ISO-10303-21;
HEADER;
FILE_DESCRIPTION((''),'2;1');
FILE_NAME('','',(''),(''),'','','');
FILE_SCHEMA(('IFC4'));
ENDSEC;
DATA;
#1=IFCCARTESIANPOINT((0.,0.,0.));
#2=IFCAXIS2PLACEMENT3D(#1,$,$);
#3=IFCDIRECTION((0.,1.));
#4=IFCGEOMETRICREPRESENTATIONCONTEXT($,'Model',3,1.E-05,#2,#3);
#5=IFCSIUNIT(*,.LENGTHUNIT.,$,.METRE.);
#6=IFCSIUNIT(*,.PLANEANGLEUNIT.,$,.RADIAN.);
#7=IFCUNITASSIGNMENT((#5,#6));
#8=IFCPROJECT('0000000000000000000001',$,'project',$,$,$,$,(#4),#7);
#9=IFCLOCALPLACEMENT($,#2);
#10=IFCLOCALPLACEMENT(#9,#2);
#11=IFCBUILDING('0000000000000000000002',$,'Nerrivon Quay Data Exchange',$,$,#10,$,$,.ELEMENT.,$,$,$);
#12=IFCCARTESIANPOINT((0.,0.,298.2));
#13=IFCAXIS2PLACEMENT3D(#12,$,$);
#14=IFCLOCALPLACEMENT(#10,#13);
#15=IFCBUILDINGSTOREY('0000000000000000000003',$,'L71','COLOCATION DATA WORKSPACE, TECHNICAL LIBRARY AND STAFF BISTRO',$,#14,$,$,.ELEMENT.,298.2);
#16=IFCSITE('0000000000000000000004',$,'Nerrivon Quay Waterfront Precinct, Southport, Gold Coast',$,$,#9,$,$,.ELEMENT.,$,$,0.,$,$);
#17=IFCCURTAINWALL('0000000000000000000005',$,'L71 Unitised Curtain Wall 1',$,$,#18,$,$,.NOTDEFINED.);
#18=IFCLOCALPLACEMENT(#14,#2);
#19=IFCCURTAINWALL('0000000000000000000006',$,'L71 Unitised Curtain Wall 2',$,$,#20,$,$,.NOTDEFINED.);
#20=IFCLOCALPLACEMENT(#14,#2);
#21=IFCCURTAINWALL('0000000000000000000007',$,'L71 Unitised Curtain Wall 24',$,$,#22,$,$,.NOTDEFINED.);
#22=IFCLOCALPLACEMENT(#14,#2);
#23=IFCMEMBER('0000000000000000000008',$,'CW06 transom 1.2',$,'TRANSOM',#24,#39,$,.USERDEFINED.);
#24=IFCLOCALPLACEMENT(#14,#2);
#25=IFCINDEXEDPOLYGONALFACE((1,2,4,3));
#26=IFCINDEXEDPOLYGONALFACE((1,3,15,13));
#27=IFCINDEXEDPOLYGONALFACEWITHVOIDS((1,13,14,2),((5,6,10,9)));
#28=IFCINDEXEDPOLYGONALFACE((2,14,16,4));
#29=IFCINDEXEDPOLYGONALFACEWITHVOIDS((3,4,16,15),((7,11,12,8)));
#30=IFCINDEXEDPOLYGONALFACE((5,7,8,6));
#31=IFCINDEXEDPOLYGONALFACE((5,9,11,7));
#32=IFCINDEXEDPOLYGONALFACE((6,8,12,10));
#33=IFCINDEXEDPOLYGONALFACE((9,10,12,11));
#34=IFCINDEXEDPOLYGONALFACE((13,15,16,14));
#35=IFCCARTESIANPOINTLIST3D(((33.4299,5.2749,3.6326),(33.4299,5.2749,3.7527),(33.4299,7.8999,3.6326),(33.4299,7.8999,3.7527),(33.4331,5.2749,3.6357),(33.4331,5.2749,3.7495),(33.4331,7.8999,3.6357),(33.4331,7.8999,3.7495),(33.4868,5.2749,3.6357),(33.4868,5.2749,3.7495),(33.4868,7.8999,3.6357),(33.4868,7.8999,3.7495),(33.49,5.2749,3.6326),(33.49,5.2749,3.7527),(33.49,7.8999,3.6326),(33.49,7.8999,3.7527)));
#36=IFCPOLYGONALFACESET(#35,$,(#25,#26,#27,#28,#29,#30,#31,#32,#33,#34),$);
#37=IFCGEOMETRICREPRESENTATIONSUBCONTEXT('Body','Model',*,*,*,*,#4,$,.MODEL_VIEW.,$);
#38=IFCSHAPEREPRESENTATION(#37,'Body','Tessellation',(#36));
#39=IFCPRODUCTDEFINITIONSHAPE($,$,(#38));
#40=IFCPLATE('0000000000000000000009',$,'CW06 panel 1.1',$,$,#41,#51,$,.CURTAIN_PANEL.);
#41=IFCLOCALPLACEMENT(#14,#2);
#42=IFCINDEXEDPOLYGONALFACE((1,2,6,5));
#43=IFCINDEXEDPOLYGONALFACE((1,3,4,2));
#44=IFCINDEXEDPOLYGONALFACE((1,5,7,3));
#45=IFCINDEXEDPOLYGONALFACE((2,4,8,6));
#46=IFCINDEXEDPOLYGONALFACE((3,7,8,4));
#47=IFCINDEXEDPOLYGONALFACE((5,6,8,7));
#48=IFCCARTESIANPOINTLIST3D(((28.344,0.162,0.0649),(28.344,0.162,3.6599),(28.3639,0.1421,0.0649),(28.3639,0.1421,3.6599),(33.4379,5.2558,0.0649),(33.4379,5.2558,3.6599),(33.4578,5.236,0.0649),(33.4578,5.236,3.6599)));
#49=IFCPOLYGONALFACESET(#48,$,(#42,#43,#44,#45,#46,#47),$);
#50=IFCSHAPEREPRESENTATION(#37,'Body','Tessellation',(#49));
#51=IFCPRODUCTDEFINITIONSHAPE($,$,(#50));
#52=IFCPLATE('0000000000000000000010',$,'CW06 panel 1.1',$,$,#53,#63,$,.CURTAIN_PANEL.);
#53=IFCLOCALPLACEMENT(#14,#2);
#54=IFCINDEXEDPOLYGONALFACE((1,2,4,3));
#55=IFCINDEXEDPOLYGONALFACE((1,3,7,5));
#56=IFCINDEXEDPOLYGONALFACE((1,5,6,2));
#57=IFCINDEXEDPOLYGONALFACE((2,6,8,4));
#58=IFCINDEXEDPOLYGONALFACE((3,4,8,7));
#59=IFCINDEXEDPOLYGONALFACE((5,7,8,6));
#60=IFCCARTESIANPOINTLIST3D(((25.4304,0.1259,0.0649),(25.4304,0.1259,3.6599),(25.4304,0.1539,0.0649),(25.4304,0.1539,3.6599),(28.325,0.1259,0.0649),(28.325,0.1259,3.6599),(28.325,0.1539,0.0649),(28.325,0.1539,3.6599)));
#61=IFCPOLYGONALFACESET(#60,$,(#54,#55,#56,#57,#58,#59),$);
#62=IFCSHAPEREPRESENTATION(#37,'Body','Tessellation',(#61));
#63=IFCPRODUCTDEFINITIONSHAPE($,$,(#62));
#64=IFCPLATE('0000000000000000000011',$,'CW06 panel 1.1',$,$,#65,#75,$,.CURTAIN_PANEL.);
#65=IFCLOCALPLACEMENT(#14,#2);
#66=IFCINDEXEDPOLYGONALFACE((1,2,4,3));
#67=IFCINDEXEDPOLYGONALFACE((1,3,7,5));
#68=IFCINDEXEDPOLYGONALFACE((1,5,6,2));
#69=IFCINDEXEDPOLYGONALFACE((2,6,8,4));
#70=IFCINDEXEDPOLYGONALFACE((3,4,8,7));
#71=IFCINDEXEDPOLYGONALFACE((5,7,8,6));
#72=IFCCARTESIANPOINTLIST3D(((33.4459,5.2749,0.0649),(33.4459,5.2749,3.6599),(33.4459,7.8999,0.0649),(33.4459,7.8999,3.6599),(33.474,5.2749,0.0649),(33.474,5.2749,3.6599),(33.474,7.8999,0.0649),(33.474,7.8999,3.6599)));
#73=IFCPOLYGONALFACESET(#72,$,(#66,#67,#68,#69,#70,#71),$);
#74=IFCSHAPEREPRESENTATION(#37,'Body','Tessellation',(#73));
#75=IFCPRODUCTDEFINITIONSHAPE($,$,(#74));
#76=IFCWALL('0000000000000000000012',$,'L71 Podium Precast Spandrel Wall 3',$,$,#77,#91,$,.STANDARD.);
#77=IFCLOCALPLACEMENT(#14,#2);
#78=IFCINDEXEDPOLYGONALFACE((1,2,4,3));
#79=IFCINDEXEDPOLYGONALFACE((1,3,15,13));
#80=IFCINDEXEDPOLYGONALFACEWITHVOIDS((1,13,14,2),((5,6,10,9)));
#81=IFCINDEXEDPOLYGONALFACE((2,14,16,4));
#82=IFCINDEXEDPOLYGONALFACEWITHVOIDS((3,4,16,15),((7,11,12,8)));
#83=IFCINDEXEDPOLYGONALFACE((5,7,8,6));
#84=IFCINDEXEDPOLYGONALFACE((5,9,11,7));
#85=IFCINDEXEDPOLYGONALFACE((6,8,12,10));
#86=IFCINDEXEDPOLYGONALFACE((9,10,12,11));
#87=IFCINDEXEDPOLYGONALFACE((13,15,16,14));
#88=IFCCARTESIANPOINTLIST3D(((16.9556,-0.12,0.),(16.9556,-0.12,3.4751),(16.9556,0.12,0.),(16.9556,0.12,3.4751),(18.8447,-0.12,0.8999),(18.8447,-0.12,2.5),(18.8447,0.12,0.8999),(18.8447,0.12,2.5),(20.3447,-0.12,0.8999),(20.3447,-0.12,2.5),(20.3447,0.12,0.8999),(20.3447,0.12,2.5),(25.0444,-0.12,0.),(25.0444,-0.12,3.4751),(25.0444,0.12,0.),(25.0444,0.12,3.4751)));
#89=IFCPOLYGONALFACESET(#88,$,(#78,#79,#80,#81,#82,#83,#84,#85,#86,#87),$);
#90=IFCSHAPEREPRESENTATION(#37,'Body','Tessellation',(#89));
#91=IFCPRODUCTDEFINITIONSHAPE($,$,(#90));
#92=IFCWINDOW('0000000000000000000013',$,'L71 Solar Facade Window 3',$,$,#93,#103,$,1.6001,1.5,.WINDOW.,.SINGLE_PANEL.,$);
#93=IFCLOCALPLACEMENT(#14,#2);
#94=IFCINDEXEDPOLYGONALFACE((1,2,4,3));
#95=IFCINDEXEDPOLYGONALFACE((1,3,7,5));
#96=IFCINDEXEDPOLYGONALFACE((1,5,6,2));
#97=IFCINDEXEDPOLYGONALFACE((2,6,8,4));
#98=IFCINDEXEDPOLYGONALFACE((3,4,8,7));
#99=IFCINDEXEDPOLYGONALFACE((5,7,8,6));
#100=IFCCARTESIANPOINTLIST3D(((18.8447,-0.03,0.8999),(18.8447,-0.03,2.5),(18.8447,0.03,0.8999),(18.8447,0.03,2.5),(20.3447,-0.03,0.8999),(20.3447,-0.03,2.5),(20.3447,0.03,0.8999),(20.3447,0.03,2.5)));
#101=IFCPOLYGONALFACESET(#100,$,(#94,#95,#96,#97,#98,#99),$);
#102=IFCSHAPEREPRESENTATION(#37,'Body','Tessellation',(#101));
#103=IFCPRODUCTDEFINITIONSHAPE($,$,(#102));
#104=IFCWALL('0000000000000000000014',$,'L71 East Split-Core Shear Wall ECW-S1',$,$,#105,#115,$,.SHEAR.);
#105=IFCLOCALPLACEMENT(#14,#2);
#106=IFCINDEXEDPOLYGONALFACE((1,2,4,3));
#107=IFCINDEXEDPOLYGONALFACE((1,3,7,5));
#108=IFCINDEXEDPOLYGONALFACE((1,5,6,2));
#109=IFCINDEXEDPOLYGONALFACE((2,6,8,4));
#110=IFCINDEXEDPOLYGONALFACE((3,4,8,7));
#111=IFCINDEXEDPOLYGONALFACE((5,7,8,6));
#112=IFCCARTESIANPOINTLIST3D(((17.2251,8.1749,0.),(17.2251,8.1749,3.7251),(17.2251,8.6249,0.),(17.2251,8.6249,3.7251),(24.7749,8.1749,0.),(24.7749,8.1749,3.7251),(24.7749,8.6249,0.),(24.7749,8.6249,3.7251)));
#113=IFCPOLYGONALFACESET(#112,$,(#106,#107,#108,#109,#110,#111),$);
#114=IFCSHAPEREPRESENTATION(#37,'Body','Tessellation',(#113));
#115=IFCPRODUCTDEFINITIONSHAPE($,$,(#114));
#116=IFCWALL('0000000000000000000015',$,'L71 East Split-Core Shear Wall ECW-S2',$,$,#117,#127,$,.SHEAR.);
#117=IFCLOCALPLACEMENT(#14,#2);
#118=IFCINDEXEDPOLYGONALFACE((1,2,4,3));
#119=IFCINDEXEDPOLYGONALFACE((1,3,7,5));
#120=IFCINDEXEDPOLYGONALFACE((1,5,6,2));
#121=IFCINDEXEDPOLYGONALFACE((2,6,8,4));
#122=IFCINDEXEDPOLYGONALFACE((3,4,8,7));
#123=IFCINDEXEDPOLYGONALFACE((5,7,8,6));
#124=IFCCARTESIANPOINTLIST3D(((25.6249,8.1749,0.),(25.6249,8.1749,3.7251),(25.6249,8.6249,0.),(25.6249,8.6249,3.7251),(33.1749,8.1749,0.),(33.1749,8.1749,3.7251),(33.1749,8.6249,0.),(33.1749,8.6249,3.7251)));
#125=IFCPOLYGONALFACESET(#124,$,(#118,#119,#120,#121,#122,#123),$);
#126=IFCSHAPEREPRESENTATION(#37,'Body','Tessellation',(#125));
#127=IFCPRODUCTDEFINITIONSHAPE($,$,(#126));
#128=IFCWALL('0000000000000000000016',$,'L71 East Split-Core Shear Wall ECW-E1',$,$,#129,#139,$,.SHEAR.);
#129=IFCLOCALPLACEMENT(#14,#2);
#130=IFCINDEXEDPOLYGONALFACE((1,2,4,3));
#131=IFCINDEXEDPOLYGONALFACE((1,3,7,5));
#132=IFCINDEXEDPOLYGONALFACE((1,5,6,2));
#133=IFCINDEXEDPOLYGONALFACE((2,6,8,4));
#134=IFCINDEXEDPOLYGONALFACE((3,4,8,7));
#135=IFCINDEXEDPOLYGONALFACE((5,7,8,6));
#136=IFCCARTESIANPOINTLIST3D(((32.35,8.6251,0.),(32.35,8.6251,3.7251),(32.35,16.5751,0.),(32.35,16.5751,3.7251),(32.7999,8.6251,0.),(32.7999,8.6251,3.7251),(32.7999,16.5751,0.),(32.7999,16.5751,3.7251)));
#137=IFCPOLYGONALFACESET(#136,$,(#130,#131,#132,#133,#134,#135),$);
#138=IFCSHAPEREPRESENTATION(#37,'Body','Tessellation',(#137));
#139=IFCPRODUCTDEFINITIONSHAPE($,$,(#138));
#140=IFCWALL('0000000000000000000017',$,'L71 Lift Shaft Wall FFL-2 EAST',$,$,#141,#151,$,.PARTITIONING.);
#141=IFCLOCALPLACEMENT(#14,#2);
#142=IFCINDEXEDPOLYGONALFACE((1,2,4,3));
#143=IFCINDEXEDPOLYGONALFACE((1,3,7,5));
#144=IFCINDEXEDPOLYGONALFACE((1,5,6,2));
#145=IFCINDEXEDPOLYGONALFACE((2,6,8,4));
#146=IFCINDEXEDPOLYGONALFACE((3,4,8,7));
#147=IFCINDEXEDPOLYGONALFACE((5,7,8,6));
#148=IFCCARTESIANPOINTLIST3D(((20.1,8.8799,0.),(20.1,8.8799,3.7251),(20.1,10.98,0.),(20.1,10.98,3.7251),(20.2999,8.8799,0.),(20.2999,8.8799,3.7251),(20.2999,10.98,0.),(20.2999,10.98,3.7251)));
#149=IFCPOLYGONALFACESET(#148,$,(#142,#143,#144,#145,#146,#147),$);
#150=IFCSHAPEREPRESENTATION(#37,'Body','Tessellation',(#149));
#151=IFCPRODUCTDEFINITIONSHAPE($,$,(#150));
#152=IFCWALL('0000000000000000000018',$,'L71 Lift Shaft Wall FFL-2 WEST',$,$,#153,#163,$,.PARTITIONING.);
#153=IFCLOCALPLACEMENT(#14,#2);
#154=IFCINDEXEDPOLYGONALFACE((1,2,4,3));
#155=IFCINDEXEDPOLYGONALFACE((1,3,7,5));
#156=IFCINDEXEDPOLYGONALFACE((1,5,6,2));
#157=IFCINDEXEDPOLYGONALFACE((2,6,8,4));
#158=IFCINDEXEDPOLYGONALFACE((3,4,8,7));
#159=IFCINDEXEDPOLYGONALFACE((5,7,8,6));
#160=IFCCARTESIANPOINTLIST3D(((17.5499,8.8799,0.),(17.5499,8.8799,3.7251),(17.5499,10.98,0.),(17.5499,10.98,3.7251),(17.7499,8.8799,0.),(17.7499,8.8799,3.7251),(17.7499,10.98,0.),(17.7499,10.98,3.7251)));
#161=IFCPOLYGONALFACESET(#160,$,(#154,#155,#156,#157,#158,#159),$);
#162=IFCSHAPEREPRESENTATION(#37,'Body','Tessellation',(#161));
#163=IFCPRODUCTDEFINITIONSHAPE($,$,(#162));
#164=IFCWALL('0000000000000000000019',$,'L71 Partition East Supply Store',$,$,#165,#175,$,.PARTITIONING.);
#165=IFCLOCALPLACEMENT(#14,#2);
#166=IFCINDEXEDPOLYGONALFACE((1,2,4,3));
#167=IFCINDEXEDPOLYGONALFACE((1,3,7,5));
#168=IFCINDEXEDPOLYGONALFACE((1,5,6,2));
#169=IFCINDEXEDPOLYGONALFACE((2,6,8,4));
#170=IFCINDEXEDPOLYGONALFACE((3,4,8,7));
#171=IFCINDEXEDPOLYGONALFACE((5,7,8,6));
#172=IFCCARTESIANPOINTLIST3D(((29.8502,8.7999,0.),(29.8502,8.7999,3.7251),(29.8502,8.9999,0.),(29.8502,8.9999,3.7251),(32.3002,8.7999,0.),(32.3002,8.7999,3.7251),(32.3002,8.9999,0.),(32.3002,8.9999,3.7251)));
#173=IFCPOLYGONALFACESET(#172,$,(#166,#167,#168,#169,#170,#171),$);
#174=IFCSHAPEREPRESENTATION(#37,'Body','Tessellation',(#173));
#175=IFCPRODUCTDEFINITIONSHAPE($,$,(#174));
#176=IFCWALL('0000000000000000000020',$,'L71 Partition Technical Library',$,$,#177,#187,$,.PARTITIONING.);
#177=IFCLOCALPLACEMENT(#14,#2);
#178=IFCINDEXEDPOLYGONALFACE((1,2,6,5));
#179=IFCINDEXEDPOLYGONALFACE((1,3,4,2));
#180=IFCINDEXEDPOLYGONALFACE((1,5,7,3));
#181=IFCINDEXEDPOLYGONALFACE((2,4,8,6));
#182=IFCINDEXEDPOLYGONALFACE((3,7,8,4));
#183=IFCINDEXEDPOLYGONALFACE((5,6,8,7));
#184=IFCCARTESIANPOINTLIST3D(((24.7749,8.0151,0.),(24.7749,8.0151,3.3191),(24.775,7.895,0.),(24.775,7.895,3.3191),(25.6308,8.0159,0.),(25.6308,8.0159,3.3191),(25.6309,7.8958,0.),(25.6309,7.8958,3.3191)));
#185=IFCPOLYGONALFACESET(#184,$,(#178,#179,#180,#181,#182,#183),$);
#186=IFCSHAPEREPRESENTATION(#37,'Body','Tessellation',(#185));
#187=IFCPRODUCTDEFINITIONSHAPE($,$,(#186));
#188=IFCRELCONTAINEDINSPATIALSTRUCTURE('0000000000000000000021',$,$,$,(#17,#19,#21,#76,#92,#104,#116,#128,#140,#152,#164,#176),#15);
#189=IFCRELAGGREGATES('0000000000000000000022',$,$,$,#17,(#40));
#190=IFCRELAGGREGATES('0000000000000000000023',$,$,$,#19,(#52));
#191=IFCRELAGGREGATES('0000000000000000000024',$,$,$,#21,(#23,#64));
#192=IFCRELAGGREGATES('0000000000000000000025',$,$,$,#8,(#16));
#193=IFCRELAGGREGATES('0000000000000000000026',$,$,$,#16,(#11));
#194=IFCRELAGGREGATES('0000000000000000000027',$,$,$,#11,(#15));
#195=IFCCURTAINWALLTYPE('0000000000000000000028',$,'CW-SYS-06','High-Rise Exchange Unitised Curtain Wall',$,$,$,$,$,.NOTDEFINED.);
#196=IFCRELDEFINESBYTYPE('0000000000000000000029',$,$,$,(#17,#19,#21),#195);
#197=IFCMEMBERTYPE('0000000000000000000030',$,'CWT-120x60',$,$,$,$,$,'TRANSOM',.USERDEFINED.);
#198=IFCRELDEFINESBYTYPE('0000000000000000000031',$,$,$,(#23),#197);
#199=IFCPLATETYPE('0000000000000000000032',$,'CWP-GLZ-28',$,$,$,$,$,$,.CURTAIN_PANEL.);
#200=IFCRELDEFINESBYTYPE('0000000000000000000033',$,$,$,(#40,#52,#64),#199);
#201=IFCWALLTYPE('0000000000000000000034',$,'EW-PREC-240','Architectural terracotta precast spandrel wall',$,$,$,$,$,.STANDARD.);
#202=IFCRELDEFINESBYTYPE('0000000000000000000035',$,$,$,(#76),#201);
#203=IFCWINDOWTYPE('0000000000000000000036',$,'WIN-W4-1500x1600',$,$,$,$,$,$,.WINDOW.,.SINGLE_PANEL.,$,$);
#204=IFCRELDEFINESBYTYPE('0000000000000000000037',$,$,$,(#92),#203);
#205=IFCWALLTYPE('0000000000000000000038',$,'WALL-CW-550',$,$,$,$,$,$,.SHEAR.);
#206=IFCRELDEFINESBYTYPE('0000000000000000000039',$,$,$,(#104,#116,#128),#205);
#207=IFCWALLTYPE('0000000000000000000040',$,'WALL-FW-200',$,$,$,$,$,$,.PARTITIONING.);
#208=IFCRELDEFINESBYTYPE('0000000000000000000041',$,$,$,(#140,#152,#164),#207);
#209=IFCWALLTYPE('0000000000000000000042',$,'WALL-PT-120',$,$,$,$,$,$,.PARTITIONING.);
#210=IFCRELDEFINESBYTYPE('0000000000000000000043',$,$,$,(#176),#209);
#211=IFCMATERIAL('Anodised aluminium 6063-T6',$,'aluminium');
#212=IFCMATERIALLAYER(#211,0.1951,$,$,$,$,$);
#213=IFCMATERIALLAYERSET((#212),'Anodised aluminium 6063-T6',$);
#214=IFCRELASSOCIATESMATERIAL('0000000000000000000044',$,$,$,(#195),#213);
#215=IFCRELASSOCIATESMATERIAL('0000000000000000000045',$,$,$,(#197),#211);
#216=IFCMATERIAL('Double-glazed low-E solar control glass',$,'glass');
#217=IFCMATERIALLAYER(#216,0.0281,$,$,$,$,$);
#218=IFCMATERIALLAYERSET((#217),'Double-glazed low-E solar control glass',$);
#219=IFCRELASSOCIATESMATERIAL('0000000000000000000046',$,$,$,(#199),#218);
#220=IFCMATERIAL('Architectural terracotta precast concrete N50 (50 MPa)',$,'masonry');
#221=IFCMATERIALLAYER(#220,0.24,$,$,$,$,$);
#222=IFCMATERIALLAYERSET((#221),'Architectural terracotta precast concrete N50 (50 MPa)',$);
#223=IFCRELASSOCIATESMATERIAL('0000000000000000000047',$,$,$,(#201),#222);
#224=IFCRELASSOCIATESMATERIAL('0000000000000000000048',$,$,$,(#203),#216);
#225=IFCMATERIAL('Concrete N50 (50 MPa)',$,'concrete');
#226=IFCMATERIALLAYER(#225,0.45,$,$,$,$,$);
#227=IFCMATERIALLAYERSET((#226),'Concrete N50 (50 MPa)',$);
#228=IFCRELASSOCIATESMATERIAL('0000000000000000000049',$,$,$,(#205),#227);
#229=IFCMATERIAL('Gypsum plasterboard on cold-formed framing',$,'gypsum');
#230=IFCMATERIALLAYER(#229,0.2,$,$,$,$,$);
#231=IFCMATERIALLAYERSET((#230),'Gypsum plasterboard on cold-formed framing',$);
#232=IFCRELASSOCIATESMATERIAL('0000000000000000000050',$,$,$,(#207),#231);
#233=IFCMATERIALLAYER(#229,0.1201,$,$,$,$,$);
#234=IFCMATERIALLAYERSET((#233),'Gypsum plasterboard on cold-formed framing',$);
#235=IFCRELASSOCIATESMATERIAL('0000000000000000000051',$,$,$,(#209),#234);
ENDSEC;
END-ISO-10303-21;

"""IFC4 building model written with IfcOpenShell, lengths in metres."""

from ifc_helpers import new_model, si_unit, direction, frame, frame_2d, origin, origin_2d, place, context, subcontext, project, spatial, rectangle, hollow_rectangle, extrude, material, layer, layer_set, material_profile, profile_set, type_object, element, fill, aggregate, save


model = new_model("IFC4")

# Units and contexts
model_context = context("Model", 3, precision=1e-05, world=origin(), true_north=direction((0.0, 1.0)))
body_context = subcontext(model_context, "Body", "Model", "MODEL_VIEW")
ifc_project = project(units=[si_unit("LENGTHUNIT", "METRE"), si_unit("PLANEANGLEUNIT", "RADIAN")], contexts=[model_context])

# Site, building, storey
site_placement = place(None, origin())
site = spatial("IfcSite", under=ifc_project, at=site_placement, Name="Nerrivon Quay Waterfront Precinct, Southport, Gold Coast", CompositionType="ELEMENT", RefElevation=0.0)
building_placement = place(site_placement, origin())
building = spatial("IfcBuilding", under=site, at=building_placement, Name="Nerrivon Quay Data Exchange", CompositionType="ELEMENT")
storey_placement = place(building_placement, frame((0.0, 0.0, 298.2)))
storey = spatial("IfcBuildingStorey", under=building, at=storey_placement, Name="L71", Description="COLOCATION DATA WORKSPACE, TECHNICAL LIBRARY AND STAFF BISTRO", CompositionType="ELEMENT", Elevation=298.2)

# Shared definitions
ifc_material_1 = material(Name="Concrete N50 (50 MPa)", Category="concrete")

# Curtain walls
ifc_material_2 = material(Name="Anodised aluminium 6063-T6", Category="aluminium")
ifc_layer_1 = layer(ifc_material_2, 0.1951)
ifc_layer_set_1 = layer_set([ifc_layer_1], Name="Anodised aluminium 6063-T6")
curtain_wall_type = type_object("IfcCurtainWallType", Name="CW-SYS-06", Description="High-Rise Exchange Unitised Curtain Wall", PredefinedType="NOTDEFINED", material=ifc_layer_set_1)
curtain_wall_1_placement = place(storey_placement, origin())
curtain_wall_1 = element("IfcCurtainWall", 1, at=curtain_wall_1_placement, inside=storey, type_object=curtain_wall_type, Name="L71 Unitised Curtain Wall 1", PredefinedType="NOTDEFINED")
curtain_wall_2_placement = place(storey_placement, origin())
curtain_wall_2 = element("IfcCurtainWall", 2, at=curtain_wall_2_placement, inside=storey, type_object=curtain_wall_type, Name="L71 Unitised Curtain Wall 2", PredefinedType="NOTDEFINED")

# Curtain wall
curtain_wall_3_placement = place(storey_placement, origin())
curtain_wall_3 = element("IfcCurtainWall", 3, at=curtain_wall_3_placement, inside=storey, type_object=curtain_wall_type, Name="L71 Unitised Curtain Wall 24", PredefinedType="NOTDEFINED")

# Member
ifc_material_profile_1 = material_profile(ifc_material_2, hollow_rectangle(XDim=0.0601, YDim=0.1201, WallThickness=0.0032, at=origin_2d()), Name="ALU-TRAN-120x60")
ifc_profile_set_1 = profile_set([ifc_material_profile_1], Name="Anodised aluminium 6063-T6")
member_type_1 = type_object("IfcMemberType", Name="CWT-120x60", ElementType="TRANSOM", PredefinedType="USERDEFINED", material=ifc_profile_set_1)
member_1_placement = place(storey_placement, frame((33.46, 7.8999, 3.6926), z_axis=(0.0, -1.0, 0.0), x_axis=(1.0, 0.0, 0.0)))
member_1 = element("IfcMember", 4, at=member_1_placement, type_object=member_type_1, Name="CW06 transom 1.2", ObjectType="TRANSOM", PredefinedType="USERDEFINED", context=body_context, shape_type="SweptSolid", body=[
    extrude(hollow_rectangle(XDim=0.0601, YDim=0.1201, WallThickness=0.0032, at=origin_2d()), origin(), (0.0, 0.0, 1.0), 2.625),
])

# Plates
ifc_material_3 = material(Name="Double-glazed low-E solar control glass", Category="glass")
ifc_layer_2 = layer(ifc_material_3, 0.0281)
ifc_layer_set_2 = layer_set([ifc_layer_2], Name="Double-glazed low-E solar control glass")
plate_type = type_object("IfcPlateType", Name="CWP-GLZ-28", PredefinedType="CURTAIN_PANEL", material=ifc_layer_set_2)
plate_1_placement = place(storey_placement, frame((30.9009, 2.699, 0.0649), z_axis=(0.0, 0.0, 1.0), x_axis=(-0.707107, -0.707107, 0.0)))
plate_1 = element("IfcPlate", 5, at=plate_1_placement, type_object=plate_type, Name="CW06 panel 1.1", PredefinedType="CURTAIN_PANEL", context=body_context, shape_type="SweptSolid", body=[
    extrude(rectangle(XDim=7.2039, YDim=0.0281, at=origin_2d()), origin(), (0.0, 0.0, 1.0), 3.595),
])
aggregate(curtain_wall_1, [plate_1])
plate_2_placement = place(storey_placement, frame((26.8777, 0.1399, 0.0649), z_axis=(0.0, 0.0, 1.0), x_axis=(-1.0, 0.0, 0.0)))
plate_2 = element("IfcPlate", 6, at=plate_2_placement, type_object=plate_type, Name="CW06 panel 1.1", PredefinedType="CURTAIN_PANEL", context=body_context, shape_type="SweptSolid", body=[
    extrude(rectangle(XDim=2.8945, YDim=0.0281, at=origin_2d()), origin(), (0.0, 0.0, 1.0), 3.595),
])
aggregate(curtain_wall_2, [plate_2])
plate_3_placement = place(storey_placement, frame((33.46, 6.5874, 0.0649), z_axis=(0.0, 0.0, 1.0), x_axis=(0.0, -1.0, 0.0)))
plate_3 = element("IfcPlate", 7, at=plate_3_placement, type_object=plate_type, Name="CW06 panel 1.1", PredefinedType="CURTAIN_PANEL", context=body_context, shape_type="SweptSolid", body=[
    extrude(rectangle(XDim=2.625, YDim=0.0281, at=origin_2d()), origin(), (0.0, 0.0, 1.0), 3.595),
])
aggregate(curtain_wall_3, [member_1, plate_3])

# Wall, opening, window
ifc_material_4 = material(Name="Architectural terracotta precast concrete N50 (50 MPa)", Category="masonry")
ifc_layer_3 = layer(ifc_material_4, 0.24)
ifc_layer_set_3 = layer_set([ifc_layer_3], Name="Architectural terracotta precast concrete N50 (50 MPa)")
wall_type_1 = type_object("IfcWallType", Name="EW-PREC-240", Description="Architectural terracotta precast spandrel wall", PredefinedType="STANDARD", material=ifc_layer_set_3)
wall_1_placement = place(storey_placement, frame((25.0444, 0.0, 0.0), z_axis=(0.0, 0.0, 1.0), x_axis=(-1.0, 0.0, 0.0)))
wall_1 = element("IfcWall", 8, at=wall_1_placement, inside=storey, type_object=wall_type_1, Name="L71 Podium Precast Spandrel Wall 3", PredefinedType="STANDARD", context=body_context, shape_type="SweptSolid", body=[
    extrude(rectangle(XDim=8.0889, YDim=0.24, at=frame_2d((4.0444, 0.0))), origin(), (0.0, 0.0, 1.0), 3.4751),
])
opening_placement = place(wall_1_placement, frame((4.6997, 0.0, 0.8999)))
opening = element("IfcOpeningElement", 9, at=opening_placement, cuts=wall_1, PredefinedType="OPENING", context=body_context, shape_type="SweptSolid", body=[
    extrude(rectangle(XDim=1.5, YDim=1.6001, at=frame_2d((0.75, 0.8))), frame((0.0, 0.1299, 0.0), z_axis=(0.0, -1.0, 0.0), x_axis=(1.0, 0.0, 0.0)), (0.0, 0.0, 1.0), 0.26),
])
window_type = type_object("IfcWindowType", Name="WIN-W4-1500x1600", PartitioningType="SINGLE_PANEL", PredefinedType="WINDOW", material=ifc_material_3)
window_placement = place(opening_placement, origin())
window = element("IfcWindow", 10, at=window_placement, inside=storey, type_object=window_type, Name="L71 Solar Facade Window 3", OverallHeight=1.6001, OverallWidth=1.5, PartitioningType="SINGLE_PANEL", PredefinedType="WINDOW", context=body_context, shape_type="SweptSolid", body=[
    extrude(rectangle(XDim=1.5, YDim=1.6001, at=frame_2d((0.75, 0.8))), frame((0.0, 0.03, 0.0), z_axis=(0.0, -1.0, 0.0), x_axis=(1.0, 0.0, 0.0)), (0.0, 0.0, 1.0), 0.0601),
])
fill(opening, window)

# Walls
ifc_layer_4 = layer(ifc_material_1, 0.45)
ifc_layer_set_4 = layer_set([ifc_layer_4], Name="Concrete N50 (50 MPa)")
wall_type_2 = type_object("IfcWallType", Name="WALL-CW-550", PredefinedType="SHEAR", material=ifc_layer_set_4)
wall_2_placement = place(storey_placement, frame((17.2251, 8.3999, 0.0), z_axis=(0.0, 0.0, 1.0), x_axis=(1.0, 0.0, 0.0)))
element("IfcWall", 11, at=wall_2_placement, inside=storey, type_object=wall_type_2, Name="L71 East Split-Core Shear Wall ECW-S1", PredefinedType="SHEAR", context=body_context, shape_type="SweptSolid", body=[
    extrude(rectangle(XDim=7.5498, YDim=0.45, at=frame_2d((3.7749, 0.0))), origin(), (0.0, 0.0, 1.0), 3.7251),
])
wall_3_placement = place(storey_placement, frame((25.625, 8.3999, 0.0), z_axis=(0.0, 0.0, 1.0), x_axis=(1.0, 0.0, 0.0)))
element("IfcWall", 12, at=wall_3_placement, inside=storey, type_object=wall_type_2, Name="L71 East Split-Core Shear Wall ECW-S2", PredefinedType="SHEAR", context=body_context, shape_type="SweptSolid", body=[
    extrude(rectangle(XDim=7.55, YDim=0.45, at=frame_2d((3.7749, 0.0))), origin(), (0.0, 0.0, 1.0), 3.7251),
])
wall_4_placement = place(storey_placement, frame((32.575, 8.625, 0.0), z_axis=(0.0, 0.0, 1.0), x_axis=(0.0, 1.0, 0.0)))
element("IfcWall", 13, at=wall_4_placement, inside=storey, type_object=wall_type_2, Name="L71 East Split-Core Shear Wall ECW-E1", PredefinedType="SHEAR", context=body_context, shape_type="SweptSolid", body=[
    extrude(rectangle(XDim=7.95, YDim=0.45, at=frame_2d((3.9751, 0.0))), origin(), (0.0, 0.0, 1.0), 3.7251),
])
ifc_material_5 = material(Name="Gypsum plasterboard on cold-formed framing", Category="gypsum")
ifc_layer_5 = layer(ifc_material_5, 0.2)
ifc_layer_set_5 = layer_set([ifc_layer_5], Name="Gypsum plasterboard on cold-formed framing")
wall_type_3 = type_object("IfcWallType", Name="WALL-FW-200", PredefinedType="PARTITIONING", material=ifc_layer_set_5)
for number, where, z_axis, x_axis, name in (
    (14, (20.2, 8.8799, 0.0), (0.0, 0.0, 1.0), (0.0, 1.0, 0.0), "L71 Lift Shaft Wall FFL-2 EAST"),
    (15, (17.6499, 8.8799, 0.0), (0.0, 0.0, 1.0), (0.0, 1.0, 0.0), "L71 Lift Shaft Wall FFL-2 WEST"),
):
    element("IfcWall", number, at=place(storey_placement, frame(where, z_axis=z_axis, x_axis=x_axis)), inside=storey, type_object=wall_type_3, Name=name, PredefinedType="PARTITIONING", context=body_context, shape_type="SweptSolid", body=[
        extrude(rectangle(XDim=2.1001, YDim=0.2, at=frame_2d((1.05, 0.0))), origin(), (0.0, 0.0, 1.0), 3.7251),
    ])
wall_5_placement = place(storey_placement, frame((29.8501, 8.8999, 0.0), z_axis=(0.0, 0.0, 1.0), x_axis=(1.0, 0.0, 0.0)))
element("IfcWall", 16, at=wall_5_placement, inside=storey, type_object=wall_type_3, Name="L71 Partition East Supply Store", PredefinedType="PARTITIONING", context=body_context, shape_type="SweptSolid", body=[
    extrude(rectangle(XDim=2.45, YDim=0.2, at=frame_2d((1.2251, 0.0))), origin(), (0.0, 0.0, 1.0), 3.7251),
])
ifc_layer_6 = layer(ifc_material_5, 0.1201)
ifc_layer_set_6 = layer_set([ifc_layer_6], Name="Gypsum plasterboard on cold-formed framing")
wall_type_4 = type_object("IfcWallType", Name="WALL-PT-120", PredefinedType="PARTITIONING", material=ifc_layer_set_6)
wall_6_placement = place(storey_placement, frame((25.6309, 7.9558, 0.0), z_axis=(0.0, 0.0, 1.0), x_axis=(-1.0, -0.000856, 0.0)))
element("IfcWall", 17, at=wall_6_placement, inside=storey, type_object=wall_type_4, Name="L71 Partition Technical Library", PredefinedType="PARTITIONING", context=body_context, shape_type="SweptSolid", body=[
    extrude(rectangle(XDim=0.856, YDim=0.1201, at=frame_2d((0.428, 0.0))), origin(), (0.0, 0.0, 1.0), 3.3191),
])

save(model, "model.ifc")
